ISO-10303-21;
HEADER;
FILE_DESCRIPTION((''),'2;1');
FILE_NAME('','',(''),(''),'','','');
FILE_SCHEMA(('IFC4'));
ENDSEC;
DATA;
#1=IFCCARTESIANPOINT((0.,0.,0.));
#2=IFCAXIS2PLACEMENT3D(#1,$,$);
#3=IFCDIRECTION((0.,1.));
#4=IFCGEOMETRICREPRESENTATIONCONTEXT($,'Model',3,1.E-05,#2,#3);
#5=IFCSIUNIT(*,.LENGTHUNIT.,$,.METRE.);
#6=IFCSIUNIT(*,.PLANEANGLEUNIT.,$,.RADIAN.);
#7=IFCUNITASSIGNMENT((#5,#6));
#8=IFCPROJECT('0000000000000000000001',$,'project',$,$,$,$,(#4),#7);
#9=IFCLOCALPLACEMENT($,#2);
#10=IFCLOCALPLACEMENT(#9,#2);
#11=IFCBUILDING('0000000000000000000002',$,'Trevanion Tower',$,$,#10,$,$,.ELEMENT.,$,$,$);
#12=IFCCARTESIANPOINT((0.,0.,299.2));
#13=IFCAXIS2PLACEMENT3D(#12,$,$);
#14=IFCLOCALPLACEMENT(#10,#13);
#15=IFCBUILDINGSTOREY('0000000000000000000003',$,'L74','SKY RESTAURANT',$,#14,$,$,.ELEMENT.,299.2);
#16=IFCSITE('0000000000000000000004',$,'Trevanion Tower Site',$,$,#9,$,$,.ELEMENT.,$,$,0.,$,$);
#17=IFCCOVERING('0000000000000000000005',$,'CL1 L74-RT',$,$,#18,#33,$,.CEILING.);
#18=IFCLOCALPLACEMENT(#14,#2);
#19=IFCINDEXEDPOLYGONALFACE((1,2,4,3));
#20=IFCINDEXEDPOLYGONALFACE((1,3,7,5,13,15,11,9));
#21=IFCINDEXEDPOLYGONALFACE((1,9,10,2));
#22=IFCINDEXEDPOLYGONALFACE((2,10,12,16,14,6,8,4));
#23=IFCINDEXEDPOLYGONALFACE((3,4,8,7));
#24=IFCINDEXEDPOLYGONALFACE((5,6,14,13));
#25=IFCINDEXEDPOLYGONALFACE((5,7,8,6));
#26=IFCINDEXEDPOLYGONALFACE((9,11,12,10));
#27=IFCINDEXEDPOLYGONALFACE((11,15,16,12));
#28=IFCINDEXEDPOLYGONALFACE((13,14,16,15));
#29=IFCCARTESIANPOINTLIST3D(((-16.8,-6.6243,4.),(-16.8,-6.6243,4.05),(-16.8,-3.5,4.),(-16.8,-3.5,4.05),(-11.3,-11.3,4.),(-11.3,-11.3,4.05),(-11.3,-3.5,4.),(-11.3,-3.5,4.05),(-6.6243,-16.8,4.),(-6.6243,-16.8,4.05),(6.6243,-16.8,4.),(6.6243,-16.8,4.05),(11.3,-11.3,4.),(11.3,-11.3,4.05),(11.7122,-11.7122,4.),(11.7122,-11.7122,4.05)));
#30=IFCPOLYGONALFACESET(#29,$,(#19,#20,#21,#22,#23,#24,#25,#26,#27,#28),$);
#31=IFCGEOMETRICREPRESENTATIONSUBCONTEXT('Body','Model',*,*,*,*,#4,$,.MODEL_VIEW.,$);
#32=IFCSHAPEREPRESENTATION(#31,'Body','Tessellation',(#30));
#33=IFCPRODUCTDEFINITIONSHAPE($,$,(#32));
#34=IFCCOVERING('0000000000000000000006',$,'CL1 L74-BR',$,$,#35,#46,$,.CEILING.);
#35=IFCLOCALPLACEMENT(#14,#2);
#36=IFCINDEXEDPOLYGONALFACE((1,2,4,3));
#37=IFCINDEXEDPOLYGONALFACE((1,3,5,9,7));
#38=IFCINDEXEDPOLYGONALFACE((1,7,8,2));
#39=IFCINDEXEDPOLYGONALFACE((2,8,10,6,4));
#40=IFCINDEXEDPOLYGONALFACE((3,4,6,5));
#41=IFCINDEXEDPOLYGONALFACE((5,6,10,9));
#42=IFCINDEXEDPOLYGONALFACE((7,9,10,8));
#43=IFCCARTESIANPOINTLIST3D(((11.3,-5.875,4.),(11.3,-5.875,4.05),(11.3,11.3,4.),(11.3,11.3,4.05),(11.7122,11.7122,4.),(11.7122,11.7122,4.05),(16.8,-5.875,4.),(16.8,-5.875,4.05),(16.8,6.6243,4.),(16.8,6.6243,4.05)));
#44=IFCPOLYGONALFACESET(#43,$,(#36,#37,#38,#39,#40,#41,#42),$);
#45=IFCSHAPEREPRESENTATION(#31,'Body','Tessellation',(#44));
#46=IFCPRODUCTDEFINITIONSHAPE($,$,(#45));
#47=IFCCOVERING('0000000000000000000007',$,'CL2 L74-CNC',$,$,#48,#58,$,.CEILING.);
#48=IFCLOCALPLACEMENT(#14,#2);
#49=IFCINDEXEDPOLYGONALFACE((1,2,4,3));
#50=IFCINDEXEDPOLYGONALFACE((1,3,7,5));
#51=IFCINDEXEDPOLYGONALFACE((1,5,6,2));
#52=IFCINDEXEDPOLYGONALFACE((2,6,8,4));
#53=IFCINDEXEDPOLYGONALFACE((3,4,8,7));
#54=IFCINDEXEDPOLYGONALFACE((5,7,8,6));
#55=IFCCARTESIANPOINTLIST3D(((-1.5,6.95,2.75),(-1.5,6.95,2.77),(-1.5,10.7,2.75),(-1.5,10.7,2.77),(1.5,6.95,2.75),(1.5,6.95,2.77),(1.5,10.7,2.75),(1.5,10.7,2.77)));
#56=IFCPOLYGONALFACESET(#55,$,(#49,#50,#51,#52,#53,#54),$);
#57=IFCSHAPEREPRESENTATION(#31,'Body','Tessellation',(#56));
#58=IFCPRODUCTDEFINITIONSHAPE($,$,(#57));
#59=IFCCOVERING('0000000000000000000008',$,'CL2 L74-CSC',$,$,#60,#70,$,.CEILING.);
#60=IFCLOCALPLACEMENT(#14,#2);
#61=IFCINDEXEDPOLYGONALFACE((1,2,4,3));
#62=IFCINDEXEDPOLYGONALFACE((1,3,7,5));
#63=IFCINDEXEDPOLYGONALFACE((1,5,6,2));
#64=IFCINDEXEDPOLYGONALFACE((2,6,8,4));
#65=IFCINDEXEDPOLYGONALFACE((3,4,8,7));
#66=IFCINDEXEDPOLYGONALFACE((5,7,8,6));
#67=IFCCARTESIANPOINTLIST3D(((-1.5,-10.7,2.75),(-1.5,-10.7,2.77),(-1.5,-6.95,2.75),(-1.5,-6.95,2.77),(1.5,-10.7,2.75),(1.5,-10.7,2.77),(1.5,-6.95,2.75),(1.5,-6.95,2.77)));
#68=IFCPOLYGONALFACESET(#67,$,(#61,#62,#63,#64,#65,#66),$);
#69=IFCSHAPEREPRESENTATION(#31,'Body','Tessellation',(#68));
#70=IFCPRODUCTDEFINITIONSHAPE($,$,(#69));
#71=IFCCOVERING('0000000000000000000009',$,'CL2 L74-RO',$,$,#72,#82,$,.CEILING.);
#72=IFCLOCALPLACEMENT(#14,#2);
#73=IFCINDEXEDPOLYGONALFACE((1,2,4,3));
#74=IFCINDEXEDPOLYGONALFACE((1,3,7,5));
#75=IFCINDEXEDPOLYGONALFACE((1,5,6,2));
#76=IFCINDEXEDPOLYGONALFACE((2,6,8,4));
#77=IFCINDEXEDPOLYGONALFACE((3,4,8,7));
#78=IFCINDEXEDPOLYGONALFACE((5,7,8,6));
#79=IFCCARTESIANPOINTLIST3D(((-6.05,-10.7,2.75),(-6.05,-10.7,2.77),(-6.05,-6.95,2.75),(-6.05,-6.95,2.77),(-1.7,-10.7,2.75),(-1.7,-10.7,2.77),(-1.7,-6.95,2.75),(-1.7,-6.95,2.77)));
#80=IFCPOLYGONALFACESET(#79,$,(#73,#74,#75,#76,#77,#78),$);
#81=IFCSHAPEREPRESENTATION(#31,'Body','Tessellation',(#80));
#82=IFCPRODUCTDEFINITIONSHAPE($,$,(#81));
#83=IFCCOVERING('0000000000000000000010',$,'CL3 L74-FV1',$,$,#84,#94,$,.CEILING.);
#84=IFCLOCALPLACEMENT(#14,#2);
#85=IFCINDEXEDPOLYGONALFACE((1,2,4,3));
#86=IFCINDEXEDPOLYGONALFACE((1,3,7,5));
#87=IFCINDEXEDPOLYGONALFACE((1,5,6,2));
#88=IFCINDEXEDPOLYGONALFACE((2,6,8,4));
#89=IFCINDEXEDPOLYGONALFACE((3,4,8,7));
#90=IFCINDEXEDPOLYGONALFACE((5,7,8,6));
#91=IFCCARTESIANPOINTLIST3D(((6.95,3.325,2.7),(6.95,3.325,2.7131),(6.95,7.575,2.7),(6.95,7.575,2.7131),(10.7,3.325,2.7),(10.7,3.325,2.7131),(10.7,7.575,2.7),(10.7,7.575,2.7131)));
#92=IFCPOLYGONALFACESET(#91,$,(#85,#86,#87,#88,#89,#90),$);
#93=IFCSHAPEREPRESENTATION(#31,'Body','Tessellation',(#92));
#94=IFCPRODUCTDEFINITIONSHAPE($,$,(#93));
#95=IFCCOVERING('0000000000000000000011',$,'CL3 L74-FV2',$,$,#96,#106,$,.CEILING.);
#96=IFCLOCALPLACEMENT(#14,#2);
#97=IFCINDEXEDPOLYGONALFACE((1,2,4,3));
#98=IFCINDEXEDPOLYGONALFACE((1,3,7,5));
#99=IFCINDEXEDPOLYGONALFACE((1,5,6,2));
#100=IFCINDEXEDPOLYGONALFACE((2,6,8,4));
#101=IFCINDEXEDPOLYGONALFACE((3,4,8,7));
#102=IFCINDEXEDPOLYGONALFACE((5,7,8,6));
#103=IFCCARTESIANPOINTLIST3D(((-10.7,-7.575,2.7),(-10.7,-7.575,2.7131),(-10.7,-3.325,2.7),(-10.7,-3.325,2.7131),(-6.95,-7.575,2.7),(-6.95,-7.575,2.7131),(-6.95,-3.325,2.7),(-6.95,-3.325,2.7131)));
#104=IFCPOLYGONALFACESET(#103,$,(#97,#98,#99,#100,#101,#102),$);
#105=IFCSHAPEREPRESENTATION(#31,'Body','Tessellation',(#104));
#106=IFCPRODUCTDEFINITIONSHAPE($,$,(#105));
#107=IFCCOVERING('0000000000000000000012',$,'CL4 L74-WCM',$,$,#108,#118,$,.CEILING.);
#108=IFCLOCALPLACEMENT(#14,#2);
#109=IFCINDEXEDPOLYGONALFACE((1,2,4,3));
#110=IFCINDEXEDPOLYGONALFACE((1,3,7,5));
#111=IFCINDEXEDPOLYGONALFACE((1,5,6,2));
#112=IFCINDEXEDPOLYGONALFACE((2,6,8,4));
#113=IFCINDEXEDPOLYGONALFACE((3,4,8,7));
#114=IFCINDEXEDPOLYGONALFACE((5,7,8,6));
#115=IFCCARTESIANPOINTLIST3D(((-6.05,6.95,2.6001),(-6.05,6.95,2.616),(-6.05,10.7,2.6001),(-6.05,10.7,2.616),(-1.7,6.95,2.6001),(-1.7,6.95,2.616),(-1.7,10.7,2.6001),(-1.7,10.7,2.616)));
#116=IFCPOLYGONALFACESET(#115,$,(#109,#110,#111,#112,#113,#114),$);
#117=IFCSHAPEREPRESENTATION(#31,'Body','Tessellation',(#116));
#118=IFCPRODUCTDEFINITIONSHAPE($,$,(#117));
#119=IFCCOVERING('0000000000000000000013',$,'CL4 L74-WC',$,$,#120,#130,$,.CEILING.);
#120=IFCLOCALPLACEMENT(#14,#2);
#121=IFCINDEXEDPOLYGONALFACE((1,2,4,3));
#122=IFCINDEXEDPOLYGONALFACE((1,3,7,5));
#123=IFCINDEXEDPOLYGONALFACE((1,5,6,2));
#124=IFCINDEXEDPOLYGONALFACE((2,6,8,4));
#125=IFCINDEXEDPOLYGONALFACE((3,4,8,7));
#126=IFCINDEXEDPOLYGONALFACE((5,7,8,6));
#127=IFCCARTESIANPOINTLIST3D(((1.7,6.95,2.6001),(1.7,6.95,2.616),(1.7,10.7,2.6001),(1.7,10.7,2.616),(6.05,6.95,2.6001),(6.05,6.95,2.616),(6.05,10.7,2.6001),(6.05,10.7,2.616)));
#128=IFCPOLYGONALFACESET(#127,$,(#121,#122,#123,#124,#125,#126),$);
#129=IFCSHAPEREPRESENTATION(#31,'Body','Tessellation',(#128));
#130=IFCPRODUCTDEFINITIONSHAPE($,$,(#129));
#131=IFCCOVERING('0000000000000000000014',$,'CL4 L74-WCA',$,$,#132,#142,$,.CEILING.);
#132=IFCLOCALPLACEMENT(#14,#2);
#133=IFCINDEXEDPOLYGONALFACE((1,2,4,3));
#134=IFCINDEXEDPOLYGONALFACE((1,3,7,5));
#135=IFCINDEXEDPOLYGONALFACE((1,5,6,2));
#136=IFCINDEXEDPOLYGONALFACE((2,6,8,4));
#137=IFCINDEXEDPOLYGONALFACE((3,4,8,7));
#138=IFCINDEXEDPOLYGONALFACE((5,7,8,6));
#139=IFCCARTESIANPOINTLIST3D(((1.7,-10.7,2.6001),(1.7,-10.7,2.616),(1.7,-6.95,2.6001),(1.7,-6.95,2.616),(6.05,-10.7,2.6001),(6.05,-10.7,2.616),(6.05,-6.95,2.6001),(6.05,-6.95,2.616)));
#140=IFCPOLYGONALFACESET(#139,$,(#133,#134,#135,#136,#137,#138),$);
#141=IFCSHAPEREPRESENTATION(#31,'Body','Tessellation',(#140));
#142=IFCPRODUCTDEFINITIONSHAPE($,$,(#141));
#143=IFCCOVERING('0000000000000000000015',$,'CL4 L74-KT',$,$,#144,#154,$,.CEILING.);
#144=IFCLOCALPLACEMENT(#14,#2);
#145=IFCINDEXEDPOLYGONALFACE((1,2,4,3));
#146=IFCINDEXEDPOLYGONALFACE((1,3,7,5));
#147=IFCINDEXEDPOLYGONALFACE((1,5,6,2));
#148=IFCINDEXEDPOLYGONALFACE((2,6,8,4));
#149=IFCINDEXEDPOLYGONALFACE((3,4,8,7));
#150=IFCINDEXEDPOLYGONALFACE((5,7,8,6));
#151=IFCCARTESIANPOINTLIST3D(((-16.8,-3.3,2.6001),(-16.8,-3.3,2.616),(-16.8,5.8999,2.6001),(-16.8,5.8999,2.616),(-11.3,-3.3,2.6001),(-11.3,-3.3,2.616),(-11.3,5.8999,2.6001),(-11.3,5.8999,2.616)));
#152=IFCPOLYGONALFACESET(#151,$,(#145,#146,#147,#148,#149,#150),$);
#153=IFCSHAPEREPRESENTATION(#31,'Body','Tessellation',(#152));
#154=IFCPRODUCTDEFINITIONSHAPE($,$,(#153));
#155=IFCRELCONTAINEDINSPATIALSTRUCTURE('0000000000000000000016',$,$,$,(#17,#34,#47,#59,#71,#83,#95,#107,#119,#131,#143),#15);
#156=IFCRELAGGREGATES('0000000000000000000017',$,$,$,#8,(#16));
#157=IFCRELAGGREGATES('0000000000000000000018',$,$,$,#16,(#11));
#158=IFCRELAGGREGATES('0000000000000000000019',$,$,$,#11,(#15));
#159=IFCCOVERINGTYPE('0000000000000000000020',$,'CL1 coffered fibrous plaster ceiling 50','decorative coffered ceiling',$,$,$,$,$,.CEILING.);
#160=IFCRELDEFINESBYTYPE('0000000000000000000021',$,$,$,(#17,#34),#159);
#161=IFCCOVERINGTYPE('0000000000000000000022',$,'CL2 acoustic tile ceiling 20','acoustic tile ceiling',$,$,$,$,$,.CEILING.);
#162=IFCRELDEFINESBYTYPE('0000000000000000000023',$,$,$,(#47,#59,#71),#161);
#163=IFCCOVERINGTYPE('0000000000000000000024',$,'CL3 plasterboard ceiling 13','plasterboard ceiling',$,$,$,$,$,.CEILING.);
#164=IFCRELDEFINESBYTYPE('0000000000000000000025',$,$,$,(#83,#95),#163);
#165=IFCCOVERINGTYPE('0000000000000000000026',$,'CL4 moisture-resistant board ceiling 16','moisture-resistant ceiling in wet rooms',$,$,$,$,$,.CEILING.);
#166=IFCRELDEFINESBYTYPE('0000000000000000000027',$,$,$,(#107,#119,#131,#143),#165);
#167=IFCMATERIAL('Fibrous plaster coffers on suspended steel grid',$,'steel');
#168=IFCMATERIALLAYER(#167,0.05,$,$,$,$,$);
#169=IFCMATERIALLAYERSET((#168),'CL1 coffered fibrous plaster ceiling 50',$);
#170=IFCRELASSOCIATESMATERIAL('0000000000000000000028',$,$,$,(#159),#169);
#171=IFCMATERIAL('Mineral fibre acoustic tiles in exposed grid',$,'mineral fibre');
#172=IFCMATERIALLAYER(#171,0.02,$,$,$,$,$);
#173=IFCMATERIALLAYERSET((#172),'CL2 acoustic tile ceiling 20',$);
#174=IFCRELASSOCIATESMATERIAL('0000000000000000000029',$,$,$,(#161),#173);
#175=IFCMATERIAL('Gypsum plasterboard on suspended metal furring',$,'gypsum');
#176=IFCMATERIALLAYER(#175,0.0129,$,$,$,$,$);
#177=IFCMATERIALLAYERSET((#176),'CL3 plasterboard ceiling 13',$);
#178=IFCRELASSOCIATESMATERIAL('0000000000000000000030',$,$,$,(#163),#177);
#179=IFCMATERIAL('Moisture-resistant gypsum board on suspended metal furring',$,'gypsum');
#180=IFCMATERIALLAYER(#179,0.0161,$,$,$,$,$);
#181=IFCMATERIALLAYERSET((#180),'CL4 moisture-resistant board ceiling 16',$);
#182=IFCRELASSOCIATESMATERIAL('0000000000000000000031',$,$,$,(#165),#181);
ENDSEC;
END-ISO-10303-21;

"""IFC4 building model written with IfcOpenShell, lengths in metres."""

from ifc_helpers import new_model, si_unit, direction, frame, origin, place, context, subcontext, project, spatial, polyline, outline, extrude, material, layer, layer_set, type_object, element, save


model = new_model("IFC4")

# Units and contexts
model_context = context("Model", 3, precision=1e-05, world=origin(), true_north=direction((0.0, 1.0)))
body_context = subcontext(model_context, "Body", "Model", "MODEL_VIEW")
ifc_project = project(units=[si_unit("LENGTHUNIT", "METRE"), si_unit("PLANEANGLEUNIT", "RADIAN")], contexts=[model_context])

# Site, building, storey
site_placement = place(None, origin())
site = spatial("IfcSite", under=ifc_project, at=site_placement, Name="Trevanion Tower Site", CompositionType="ELEMENT", RefElevation=0.0)
building_placement = place(site_placement, origin())
building = spatial("IfcBuilding", under=site, at=building_placement, Name="Trevanion Tower", CompositionType="ELEMENT")
storey_placement = place(building_placement, frame((0.0, 0.0, 299.2)))
storey = spatial("IfcBuildingStorey", under=building, at=storey_placement, Name="L74", Description="SKY RESTAURANT", CompositionType="ELEMENT", Elevation=299.2)

# Coverings
ifc_material_1 = material(Name="Fibrous plaster coffers on suspended steel grid", Category="steel")
ifc_layer_1 = layer(ifc_material_1, 0.05)
ifc_layer_set_1 = layer_set([ifc_layer_1], Name="CL1 coffered fibrous plaster ceiling 50")
covering_type_1 = type_object("IfcCoveringType", Name="CL1 coffered fibrous plaster ceiling 50", Description="decorative coffered ceiling", PredefinedType="CEILING", material=ifc_layer_set_1)
covering_1_placement = place(storey_placement, frame((0.0, 0.0, 4.0)))
element("IfcCovering", 1, at=covering_1_placement, inside=storey, type_object=covering_type_1, Name="CL1 L74-RT", PredefinedType="CEILING", context=body_context, shape_type="SweptSolid", body=[
    extrude(outline(polyline([(-6.6243, -16.8), (-16.8, -6.6243), (-16.8, -3.5), (-11.3, -3.5), (-11.3, -11.3), (11.3, -11.3), (11.7122, -11.7122), (6.6243, -16.8), (-6.6243, -16.8)])), origin(), (0.0, 0.0, 1.0), 0.05),
])
covering_2_placement = place(storey_placement, frame((0.0, 0.0, 4.0)))
element("IfcCovering", 2, at=covering_2_placement, inside=storey, type_object=covering_type_1, Name="CL1 L74-BR", PredefinedType="CEILING", context=body_context, shape_type="SweptSolid", body=[
    extrude(outline(polyline([(16.8, -5.875), (11.3, -5.875), (11.3, 11.3), (11.7122, 11.7122), (16.8, 6.6243), (16.8, -5.875)])), origin(), (0.0, 0.0, 1.0), 0.05),
])
ifc_material_2 = material(Name="Mineral fibre acoustic tiles in exposed grid", Category="mineral fibre")
ifc_layer_2 = layer(ifc_material_2, 0.02)
ifc_layer_set_2 = layer_set([ifc_layer_2], Name="CL2 acoustic tile ceiling 20")
covering_type_2 = type_object("IfcCoveringType", Name="CL2 acoustic tile ceiling 20", Description="acoustic tile ceiling", PredefinedType="CEILING", material=ifc_layer_set_2)
covering_3_placement = place(storey_placement, frame((0.0, 0.0, 2.75)))
element("IfcCovering", 3, at=covering_3_placement, inside=storey, type_object=covering_type_2, Name="CL2 L74-CNC", PredefinedType="CEILING", context=body_context, shape_type="SweptSolid", body=[
    extrude(outline(polyline([(1.5, 6.95), (1.5, 10.7), (-1.5, 10.7), (-1.5, 6.95), (1.5, 6.95)])), origin(), (0.0, 0.0, 1.0), 0.02),
])
covering_4_placement = place(storey_placement, frame((0.0, 0.0, 2.75)))
element("IfcCovering", 4, at=covering_4_placement, inside=storey, type_object=covering_type_2, Name="CL2 L74-CSC", PredefinedType="CEILING", context=body_context, shape_type="SweptSolid", body=[
    extrude(outline(polyline([(1.5, -10.7), (1.5, -6.95), (-1.5, -6.95), (-1.5, -10.7), (1.5, -10.7)])), origin(), (0.0, 0.0, 1.0), 0.02),
])
covering_5_placement = place(storey_placement, frame((0.0, 0.0, 2.75)))
element("IfcCovering", 5, at=covering_5_placement, inside=storey, type_object=covering_type_2, Name="CL2 L74-RO", PredefinedType="CEILING", context=body_context, shape_type="SweptSolid", body=[
    extrude(outline(polyline([(-1.7, -10.7), (-1.7, -6.95), (-6.05, -6.95), (-6.05, -10.7), (-1.7, -10.7)])), origin(), (0.0, 0.0, 1.0), 0.02),
])
ifc_material_3 = material(Name="Gypsum plasterboard on suspended metal furring", Category="gypsum")
ifc_layer_3 = layer(ifc_material_3, 0.0129)
ifc_layer_set_3 = layer_set([ifc_layer_3], Name="CL3 plasterboard ceiling 13")
covering_type_3 = type_object("IfcCoveringType", Name="CL3 plasterboard ceiling 13", Description="plasterboard ceiling", PredefinedType="CEILING", material=ifc_layer_set_3)
covering_6_placement = place(storey_placement, frame((0.0, 0.0, 2.7)))
element("IfcCovering", 6, at=covering_6_placement, inside=storey, type_object=covering_type_3, Name="CL3 L74-FV1", PredefinedType="CEILING", context=body_context, shape_type="SweptSolid", body=[
    extrude(outline(polyline([(10.7, 3.325), (10.7, 7.575), (6.95, 7.575), (6.95, 3.325), (10.7, 3.325)])), origin(), (0.0, 0.0, 1.0), 0.0132),
])
covering_7_placement = place(storey_placement, frame((0.0, 0.0, 2.7)))
element("IfcCovering", 7, at=covering_7_placement, inside=storey, type_object=covering_type_3, Name="CL3 L74-FV2", PredefinedType="CEILING", context=body_context, shape_type="SweptSolid", body=[
    extrude(outline(polyline([(-10.7, -3.325), (-10.7, -7.575), (-6.95, -7.575), (-6.95, -3.325), (-10.7, -3.325)])), origin(), (0.0, 0.0, 1.0), 0.0132),
])
ifc_material_4 = material(Name="Moisture-resistant gypsum board on suspended metal furring", Category="gypsum")
ifc_layer_4 = layer(ifc_material_4, 0.0161)
ifc_layer_set_4 = layer_set([ifc_layer_4], Name="CL4 moisture-resistant board ceiling 16")
covering_type_4 = type_object("IfcCoveringType", Name="CL4 moisture-resistant board ceiling 16", Description="moisture-resistant ceiling in wet rooms", PredefinedType="CEILING", material=ifc_layer_set_4)
covering_8_placement = place(storey_placement, frame((0.0, 0.0, 2.6001)))
element("IfcCovering", 8, at=covering_8_placement, inside=storey, type_object=covering_type_4, Name="CL4 L74-WCM", PredefinedType="CEILING", context=body_context, shape_type="SweptSolid", body=[
    extrude(outline(polyline([(-1.7, 6.95), (-1.7, 10.7), (-6.05, 10.7), (-6.05, 6.95), (-1.7, 6.95)])), origin(), (0.0, 0.0, 1.0), 0.0159),
])
covering_9_placement = place(storey_placement, frame((0.0, 0.0, 2.6001)))
element("IfcCovering", 9, at=covering_9_placement, inside=storey, type_object=covering_type_4, Name="CL4 L74-WC", PredefinedType="CEILING", context=body_context, shape_type="SweptSolid", body=[
    extrude(outline(polyline([(6.05, 6.95), (6.05, 10.7), (1.7, 10.7), (1.7, 6.95), (6.05, 6.95)])), origin(), (0.0, 0.0, 1.0), 0.0159),
])
covering_10_placement = place(storey_placement, frame((0.0, 0.0, 2.6001)))
element("IfcCovering", 10, at=covering_10_placement, inside=storey, type_object=covering_type_4, Name="CL4 L74-WCA", PredefinedType="CEILING", context=body_context, shape_type="SweptSolid", body=[
    extrude(outline(polyline([(6.05, -10.7), (6.05, -6.95), (1.7, -6.95), (1.7, -10.7), (6.05, -10.7)])), origin(), (0.0, 0.0, 1.0), 0.0159),
])
covering_11_placement = place(storey_placement, frame((0.0, 0.0, 2.6001)))
element("IfcCovering", 11, at=covering_11_placement, inside=storey, type_object=covering_type_4, Name="CL4 L74-KT", PredefinedType="CEILING", context=body_context, shape_type="SweptSolid", body=[
    extrude(outline(polyline([(-16.8, 5.8999), (-11.3, 5.8999), (-11.3, -3.3), (-16.8, -3.3), (-16.8, 5.8999)])), origin(), (0.0, 0.0, 1.0), 0.0159),
])

save(model, "model.ifc")
